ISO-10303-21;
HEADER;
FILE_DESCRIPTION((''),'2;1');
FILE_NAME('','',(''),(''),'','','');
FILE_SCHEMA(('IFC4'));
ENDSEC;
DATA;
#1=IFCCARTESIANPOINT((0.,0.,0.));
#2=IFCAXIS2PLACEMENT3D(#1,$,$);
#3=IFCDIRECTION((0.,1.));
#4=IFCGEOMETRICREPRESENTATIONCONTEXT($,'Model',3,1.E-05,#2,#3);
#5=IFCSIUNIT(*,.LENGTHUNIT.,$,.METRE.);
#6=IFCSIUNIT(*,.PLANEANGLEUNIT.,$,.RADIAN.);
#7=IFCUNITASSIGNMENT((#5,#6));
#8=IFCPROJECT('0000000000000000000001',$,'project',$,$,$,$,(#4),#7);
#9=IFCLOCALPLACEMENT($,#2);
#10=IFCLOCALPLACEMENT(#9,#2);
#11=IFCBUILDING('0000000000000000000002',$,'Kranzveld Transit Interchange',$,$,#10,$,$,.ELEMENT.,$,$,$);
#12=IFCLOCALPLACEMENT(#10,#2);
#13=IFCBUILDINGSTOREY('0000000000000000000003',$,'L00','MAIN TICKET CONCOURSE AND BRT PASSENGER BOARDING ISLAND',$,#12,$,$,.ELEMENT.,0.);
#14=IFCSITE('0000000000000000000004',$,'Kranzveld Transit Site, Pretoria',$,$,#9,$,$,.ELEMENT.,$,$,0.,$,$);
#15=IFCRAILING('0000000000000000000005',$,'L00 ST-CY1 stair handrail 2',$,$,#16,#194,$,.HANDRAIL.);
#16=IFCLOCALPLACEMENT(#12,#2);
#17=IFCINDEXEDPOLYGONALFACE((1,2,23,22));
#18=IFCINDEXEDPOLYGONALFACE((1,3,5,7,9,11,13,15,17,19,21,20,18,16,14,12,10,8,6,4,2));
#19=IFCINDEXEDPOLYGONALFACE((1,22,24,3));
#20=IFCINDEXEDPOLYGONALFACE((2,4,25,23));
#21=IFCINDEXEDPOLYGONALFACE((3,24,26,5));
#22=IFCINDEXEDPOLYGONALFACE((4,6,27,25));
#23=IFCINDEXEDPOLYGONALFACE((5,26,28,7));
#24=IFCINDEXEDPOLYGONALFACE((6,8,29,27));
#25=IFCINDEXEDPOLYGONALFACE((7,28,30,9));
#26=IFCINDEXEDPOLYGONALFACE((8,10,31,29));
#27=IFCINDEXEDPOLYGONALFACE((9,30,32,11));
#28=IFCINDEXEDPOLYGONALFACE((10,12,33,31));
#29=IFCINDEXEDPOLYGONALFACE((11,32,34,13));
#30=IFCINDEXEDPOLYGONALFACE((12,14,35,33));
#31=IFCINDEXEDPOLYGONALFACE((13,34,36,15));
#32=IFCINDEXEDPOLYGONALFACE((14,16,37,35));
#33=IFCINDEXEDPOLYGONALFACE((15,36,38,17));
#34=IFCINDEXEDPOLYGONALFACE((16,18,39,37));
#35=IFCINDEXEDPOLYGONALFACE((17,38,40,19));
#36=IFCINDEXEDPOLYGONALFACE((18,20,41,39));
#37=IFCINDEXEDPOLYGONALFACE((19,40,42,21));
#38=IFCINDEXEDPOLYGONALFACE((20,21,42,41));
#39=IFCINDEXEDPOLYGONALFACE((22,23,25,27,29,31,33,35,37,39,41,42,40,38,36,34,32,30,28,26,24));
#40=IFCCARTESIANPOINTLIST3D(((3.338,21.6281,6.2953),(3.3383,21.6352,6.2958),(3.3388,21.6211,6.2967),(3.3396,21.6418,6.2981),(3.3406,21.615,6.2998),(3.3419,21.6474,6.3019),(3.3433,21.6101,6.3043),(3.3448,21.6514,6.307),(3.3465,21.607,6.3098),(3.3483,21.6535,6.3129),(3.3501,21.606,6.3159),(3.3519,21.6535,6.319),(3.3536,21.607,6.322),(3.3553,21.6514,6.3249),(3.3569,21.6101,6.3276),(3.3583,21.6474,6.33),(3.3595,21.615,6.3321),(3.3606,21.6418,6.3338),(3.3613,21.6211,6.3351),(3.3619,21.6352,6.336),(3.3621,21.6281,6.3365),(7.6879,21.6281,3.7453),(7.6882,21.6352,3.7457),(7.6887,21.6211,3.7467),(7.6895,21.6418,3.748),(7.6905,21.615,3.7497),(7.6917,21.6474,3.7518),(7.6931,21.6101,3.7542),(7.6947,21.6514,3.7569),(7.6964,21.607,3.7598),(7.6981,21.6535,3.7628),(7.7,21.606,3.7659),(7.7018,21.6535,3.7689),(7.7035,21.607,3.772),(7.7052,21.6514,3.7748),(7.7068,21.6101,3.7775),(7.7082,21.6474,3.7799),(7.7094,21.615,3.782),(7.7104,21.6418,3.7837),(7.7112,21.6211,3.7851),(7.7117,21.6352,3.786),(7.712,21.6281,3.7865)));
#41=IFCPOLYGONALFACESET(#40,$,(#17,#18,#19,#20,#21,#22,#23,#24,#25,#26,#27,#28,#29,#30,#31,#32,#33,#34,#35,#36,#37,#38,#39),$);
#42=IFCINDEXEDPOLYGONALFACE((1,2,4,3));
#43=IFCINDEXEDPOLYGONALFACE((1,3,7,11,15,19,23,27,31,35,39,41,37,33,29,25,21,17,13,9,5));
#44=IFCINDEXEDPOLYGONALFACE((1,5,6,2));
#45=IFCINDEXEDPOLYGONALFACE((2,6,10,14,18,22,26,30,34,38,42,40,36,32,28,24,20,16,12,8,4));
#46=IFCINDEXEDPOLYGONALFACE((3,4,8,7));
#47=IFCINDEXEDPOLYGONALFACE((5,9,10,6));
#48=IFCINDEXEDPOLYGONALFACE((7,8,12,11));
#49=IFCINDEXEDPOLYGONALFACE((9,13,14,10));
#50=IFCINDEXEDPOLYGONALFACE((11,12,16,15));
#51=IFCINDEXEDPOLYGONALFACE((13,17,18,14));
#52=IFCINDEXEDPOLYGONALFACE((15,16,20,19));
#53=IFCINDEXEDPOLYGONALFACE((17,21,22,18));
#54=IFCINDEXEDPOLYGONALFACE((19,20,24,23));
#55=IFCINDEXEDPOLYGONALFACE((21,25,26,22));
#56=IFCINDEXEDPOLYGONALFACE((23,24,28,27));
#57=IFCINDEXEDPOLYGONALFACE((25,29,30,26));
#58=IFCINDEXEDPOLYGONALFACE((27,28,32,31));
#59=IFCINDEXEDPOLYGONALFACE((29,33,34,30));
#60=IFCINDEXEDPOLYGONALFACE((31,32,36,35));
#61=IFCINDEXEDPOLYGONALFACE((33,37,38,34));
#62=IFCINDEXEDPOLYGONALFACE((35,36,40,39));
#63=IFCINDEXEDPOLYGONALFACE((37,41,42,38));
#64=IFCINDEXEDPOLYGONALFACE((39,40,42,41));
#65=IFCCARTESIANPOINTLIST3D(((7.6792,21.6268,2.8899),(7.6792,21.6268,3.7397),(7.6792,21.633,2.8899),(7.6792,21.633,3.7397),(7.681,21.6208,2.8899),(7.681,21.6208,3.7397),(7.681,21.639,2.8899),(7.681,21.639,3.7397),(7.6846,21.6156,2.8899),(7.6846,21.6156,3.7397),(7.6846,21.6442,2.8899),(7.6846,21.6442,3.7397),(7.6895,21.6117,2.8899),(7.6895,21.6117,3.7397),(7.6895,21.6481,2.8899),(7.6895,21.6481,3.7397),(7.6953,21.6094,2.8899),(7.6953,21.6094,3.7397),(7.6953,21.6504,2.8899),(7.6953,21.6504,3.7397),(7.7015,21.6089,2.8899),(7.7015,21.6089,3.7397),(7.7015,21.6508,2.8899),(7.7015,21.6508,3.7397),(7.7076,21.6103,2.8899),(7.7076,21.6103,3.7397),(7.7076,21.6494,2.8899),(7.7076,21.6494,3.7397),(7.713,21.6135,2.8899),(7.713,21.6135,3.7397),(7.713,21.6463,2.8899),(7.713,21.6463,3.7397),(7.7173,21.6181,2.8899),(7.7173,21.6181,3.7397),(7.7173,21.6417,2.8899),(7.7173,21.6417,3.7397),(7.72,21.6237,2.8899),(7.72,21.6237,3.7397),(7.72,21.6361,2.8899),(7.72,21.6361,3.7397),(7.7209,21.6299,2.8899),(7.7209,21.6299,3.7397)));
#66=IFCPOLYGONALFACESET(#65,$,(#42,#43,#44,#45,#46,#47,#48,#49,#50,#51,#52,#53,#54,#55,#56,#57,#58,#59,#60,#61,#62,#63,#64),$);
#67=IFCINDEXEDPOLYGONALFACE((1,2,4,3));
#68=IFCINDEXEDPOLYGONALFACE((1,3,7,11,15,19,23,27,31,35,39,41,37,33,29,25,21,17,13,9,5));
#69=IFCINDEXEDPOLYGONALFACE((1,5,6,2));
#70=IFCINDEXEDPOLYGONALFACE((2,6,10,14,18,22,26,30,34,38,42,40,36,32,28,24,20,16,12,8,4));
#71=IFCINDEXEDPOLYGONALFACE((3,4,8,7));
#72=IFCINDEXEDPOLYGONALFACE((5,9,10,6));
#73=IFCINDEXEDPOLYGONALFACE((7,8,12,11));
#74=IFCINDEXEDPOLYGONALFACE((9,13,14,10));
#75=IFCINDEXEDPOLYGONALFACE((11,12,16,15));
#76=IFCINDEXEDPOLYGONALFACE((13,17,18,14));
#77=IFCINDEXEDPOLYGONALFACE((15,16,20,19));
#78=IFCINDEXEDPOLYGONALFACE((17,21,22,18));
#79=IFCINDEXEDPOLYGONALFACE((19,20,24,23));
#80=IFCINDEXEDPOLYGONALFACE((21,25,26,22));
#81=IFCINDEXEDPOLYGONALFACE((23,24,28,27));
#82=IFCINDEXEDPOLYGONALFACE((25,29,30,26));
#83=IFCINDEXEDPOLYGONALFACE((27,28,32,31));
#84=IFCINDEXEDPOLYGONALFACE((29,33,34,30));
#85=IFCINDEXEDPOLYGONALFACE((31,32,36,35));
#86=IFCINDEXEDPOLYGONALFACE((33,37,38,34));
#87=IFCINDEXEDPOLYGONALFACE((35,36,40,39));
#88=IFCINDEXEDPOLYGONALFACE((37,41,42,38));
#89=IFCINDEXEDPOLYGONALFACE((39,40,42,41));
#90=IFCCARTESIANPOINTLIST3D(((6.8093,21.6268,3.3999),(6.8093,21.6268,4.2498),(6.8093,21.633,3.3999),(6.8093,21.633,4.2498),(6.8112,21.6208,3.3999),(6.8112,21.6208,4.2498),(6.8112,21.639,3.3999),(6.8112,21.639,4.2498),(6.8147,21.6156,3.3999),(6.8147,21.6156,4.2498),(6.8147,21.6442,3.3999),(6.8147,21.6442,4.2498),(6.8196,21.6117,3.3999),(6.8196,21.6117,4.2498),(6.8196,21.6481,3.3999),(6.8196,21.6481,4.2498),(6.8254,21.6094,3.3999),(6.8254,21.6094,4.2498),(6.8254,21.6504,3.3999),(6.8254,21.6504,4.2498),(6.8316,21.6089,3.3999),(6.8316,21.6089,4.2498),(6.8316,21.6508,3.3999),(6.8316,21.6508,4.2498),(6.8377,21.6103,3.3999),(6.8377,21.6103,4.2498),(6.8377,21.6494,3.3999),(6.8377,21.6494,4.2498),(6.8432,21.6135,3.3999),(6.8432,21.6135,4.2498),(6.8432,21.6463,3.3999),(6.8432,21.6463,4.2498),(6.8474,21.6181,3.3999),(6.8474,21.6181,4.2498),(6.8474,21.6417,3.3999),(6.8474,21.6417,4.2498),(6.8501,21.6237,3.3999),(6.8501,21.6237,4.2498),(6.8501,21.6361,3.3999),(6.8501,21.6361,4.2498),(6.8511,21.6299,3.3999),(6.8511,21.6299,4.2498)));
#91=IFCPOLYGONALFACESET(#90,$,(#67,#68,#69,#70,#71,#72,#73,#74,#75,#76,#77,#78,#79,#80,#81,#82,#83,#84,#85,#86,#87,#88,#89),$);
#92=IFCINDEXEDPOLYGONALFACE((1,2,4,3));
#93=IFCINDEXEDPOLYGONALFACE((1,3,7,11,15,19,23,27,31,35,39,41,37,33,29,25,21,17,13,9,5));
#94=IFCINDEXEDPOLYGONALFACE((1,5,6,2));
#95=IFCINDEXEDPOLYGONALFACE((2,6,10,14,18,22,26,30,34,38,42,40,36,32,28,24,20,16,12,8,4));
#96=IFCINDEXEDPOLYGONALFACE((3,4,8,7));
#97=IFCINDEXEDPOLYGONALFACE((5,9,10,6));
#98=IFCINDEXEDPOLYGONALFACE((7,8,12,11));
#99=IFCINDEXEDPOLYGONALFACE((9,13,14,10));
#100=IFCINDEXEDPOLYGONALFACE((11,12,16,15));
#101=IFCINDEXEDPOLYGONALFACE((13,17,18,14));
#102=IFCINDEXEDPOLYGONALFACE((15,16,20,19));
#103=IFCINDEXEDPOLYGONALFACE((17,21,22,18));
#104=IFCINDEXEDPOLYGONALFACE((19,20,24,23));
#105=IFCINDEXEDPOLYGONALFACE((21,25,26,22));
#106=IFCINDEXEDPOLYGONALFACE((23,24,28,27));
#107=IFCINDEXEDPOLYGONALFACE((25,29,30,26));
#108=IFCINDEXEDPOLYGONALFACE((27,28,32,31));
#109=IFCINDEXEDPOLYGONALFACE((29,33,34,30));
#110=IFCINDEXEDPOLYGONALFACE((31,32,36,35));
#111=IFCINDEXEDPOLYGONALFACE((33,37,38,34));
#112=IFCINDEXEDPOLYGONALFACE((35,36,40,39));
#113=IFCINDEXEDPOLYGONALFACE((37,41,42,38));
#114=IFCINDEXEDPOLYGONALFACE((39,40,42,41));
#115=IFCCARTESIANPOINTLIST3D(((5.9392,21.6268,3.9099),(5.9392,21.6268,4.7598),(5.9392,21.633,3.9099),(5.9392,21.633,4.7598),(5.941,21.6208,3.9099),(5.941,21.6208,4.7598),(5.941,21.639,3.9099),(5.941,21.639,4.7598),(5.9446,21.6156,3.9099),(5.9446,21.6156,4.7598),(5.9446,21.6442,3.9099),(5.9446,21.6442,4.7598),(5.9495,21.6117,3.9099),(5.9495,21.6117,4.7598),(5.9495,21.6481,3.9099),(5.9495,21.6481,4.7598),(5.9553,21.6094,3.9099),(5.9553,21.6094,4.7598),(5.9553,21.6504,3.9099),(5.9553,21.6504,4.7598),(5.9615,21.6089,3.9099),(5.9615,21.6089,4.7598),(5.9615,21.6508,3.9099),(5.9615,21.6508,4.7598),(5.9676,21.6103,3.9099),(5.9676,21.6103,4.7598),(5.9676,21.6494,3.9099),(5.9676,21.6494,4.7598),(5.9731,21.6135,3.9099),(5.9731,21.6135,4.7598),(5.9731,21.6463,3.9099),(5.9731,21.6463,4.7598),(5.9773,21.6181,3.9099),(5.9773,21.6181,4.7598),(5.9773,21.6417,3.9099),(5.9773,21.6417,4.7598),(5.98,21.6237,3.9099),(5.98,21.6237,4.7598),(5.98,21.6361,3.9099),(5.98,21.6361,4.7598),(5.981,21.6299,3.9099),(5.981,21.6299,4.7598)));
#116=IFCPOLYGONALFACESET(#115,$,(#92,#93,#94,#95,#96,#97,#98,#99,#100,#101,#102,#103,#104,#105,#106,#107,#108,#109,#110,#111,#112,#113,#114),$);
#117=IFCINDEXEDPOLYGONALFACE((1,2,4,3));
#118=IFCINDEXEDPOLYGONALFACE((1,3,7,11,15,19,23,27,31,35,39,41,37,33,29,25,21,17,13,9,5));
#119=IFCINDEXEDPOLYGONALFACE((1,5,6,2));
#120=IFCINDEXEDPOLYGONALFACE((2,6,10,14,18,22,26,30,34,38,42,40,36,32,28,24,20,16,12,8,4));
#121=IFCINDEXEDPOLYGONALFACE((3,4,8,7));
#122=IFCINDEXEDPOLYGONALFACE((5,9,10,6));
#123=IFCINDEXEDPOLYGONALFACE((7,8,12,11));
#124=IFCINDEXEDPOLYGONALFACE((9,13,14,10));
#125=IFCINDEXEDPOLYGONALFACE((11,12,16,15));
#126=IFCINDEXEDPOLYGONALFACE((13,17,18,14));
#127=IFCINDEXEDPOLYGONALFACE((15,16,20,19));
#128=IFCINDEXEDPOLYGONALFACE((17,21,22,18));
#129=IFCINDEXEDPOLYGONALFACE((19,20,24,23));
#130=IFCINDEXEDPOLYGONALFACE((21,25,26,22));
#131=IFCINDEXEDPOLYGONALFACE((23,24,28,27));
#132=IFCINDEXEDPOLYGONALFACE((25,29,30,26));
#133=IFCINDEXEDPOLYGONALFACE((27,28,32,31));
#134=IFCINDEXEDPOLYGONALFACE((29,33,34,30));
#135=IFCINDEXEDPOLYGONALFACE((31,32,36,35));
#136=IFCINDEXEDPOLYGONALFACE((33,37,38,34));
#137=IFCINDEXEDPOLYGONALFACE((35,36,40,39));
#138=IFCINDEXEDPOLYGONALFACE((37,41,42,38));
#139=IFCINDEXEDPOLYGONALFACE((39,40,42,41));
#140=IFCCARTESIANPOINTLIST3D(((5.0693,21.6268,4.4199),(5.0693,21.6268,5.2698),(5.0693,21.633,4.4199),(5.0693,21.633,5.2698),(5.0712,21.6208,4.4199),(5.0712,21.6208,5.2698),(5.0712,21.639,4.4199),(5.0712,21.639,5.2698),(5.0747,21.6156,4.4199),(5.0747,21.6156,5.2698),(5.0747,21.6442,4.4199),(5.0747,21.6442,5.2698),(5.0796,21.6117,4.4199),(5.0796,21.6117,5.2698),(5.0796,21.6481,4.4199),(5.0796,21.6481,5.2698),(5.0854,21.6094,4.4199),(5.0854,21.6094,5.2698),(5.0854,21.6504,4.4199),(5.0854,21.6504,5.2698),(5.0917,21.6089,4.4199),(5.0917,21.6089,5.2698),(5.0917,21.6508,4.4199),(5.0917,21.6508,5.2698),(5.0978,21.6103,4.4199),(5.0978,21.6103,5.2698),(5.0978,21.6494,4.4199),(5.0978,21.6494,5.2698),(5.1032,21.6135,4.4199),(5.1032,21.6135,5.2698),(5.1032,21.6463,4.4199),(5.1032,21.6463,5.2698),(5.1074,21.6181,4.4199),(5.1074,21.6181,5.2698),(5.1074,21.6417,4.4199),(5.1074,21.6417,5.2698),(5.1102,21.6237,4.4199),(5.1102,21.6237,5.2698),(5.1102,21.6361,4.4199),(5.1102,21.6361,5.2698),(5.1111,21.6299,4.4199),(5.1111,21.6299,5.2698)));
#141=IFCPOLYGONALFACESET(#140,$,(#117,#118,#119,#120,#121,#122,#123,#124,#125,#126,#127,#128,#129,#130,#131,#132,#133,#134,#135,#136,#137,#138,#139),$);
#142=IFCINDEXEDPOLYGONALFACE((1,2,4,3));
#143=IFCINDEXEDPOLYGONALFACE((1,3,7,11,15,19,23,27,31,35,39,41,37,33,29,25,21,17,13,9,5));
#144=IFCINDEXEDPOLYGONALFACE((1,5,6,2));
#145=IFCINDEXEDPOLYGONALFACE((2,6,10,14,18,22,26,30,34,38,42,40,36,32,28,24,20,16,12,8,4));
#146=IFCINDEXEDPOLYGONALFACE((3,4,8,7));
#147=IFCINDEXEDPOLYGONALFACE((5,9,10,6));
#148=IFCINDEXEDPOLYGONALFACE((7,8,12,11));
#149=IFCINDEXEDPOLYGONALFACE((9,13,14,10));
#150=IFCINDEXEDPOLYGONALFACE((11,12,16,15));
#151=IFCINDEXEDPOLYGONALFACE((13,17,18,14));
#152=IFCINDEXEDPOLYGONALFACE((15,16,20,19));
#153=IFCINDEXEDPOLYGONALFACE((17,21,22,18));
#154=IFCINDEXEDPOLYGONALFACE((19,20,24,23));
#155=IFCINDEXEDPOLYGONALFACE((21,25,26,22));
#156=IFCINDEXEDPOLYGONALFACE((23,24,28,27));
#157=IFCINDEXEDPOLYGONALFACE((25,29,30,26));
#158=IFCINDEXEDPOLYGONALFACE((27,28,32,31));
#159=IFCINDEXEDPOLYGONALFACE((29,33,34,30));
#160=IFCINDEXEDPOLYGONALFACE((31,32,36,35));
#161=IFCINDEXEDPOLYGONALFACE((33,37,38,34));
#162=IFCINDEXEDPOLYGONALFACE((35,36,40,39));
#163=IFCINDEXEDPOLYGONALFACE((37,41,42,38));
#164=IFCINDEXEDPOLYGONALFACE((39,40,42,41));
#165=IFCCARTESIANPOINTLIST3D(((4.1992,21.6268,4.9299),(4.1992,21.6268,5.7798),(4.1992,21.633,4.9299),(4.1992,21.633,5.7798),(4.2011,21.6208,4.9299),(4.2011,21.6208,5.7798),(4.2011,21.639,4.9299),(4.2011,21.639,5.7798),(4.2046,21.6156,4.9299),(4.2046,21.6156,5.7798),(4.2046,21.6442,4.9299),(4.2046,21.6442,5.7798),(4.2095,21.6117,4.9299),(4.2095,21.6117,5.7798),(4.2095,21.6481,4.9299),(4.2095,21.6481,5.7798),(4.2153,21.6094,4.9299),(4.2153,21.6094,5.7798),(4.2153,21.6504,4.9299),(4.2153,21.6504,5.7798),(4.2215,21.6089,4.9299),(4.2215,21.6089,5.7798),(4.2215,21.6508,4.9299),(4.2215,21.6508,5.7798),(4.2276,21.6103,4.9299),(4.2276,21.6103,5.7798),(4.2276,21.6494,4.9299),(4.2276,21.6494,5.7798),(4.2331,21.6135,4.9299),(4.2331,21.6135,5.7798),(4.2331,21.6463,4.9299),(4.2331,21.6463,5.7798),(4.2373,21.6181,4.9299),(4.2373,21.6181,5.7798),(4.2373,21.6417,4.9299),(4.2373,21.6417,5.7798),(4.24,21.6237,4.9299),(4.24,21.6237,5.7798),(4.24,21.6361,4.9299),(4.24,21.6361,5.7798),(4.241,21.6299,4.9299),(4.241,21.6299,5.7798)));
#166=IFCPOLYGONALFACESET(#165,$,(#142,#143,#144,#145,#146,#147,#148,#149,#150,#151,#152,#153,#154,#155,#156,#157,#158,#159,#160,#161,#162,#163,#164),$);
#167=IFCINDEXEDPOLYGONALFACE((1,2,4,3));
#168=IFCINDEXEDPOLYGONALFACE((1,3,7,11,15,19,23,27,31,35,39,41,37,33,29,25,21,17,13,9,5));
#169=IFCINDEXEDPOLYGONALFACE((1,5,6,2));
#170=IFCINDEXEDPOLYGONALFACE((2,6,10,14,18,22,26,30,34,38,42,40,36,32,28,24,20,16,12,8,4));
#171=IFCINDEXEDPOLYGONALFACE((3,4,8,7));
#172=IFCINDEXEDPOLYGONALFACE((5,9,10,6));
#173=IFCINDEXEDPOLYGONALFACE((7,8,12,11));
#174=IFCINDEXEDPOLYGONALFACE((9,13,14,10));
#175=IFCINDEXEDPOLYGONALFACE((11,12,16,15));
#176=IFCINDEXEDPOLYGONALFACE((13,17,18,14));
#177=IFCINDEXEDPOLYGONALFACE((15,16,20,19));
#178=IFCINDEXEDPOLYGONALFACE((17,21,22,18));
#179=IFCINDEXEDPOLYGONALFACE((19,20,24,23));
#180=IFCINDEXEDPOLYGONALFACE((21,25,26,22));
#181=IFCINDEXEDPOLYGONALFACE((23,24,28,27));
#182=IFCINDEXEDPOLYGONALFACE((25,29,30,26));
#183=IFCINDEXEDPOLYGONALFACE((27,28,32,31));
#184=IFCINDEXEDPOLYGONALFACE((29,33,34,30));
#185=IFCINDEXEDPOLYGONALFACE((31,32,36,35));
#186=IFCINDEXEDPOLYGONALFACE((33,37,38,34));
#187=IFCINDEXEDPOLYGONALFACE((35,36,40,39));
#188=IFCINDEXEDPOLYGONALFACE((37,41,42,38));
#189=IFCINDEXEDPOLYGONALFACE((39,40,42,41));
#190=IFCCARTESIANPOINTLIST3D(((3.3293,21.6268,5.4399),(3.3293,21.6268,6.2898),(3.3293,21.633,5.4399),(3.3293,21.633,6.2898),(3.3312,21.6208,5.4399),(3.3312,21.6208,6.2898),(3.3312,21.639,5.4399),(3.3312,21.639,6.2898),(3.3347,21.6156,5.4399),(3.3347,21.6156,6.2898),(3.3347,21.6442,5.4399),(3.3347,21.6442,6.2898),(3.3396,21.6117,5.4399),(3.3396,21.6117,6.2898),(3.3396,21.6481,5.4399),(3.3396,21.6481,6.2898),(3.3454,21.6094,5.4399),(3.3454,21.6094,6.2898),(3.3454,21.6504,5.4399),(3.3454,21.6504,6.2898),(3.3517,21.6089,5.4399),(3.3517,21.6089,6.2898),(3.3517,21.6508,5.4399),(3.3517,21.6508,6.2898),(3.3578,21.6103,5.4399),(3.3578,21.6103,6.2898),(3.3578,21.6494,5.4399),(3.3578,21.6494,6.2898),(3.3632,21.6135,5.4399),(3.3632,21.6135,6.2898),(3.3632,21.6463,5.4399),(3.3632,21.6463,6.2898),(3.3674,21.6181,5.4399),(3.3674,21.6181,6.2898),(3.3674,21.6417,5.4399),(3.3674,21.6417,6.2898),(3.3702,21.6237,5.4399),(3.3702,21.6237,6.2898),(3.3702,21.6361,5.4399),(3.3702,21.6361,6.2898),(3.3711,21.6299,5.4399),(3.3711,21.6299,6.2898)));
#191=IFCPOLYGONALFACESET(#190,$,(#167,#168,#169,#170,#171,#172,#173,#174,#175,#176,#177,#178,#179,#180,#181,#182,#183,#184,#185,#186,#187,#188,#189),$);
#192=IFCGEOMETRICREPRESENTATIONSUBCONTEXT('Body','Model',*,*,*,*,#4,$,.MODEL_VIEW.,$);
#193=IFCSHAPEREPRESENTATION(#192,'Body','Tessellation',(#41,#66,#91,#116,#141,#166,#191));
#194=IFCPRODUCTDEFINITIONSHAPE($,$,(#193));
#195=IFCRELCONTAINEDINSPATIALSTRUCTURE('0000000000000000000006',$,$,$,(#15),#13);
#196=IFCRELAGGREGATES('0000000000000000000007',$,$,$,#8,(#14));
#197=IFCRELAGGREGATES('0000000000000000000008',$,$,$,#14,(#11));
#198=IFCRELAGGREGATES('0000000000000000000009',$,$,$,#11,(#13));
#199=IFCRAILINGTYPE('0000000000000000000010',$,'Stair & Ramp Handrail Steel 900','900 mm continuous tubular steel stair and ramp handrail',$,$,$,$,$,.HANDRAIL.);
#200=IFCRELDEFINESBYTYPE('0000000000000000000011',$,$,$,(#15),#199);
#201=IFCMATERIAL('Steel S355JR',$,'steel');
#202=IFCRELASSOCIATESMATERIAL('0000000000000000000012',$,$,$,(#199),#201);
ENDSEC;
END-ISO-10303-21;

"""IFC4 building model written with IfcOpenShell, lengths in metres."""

from ifc_helpers import new_model, si_unit, direction, frame, origin, origin_2d, place, context, subcontext, project, spatial, circle, extrude, material, type_object, element, save


model = new_model("IFC4")

# Units and contexts
model_context = context("Model", 3, precision=1e-05, world=origin(), true_north=direction((0.0, 1.0)))
body_context = subcontext(model_context, "Body", "Model", "MODEL_VIEW")
ifc_project = project(units=[si_unit("LENGTHUNIT", "METRE"), si_unit("PLANEANGLEUNIT", "RADIAN")], contexts=[model_context])

# Site, building, storey
site_placement = place(None, origin())
site = spatial("IfcSite", under=ifc_project, at=site_placement, Name="Kranzveld Transit Site, Pretoria", CompositionType="ELEMENT", RefElevation=0.0)
building_placement = place(site_placement, origin())
building = spatial("IfcBuilding", under=site, at=building_placement, Name="Kranzveld Transit Interchange", CompositionType="ELEMENT")
storey_placement = place(building_placement, origin())
storey = spatial("IfcBuildingStorey", under=building, at=storey_placement, Name="L00", Description="MAIN TICKET CONCOURSE AND BRT PASSENGER BOARDING ISLAND", CompositionType="ELEMENT", Elevation=0.0)

# Railing
ifc_material_1 = material(Name="Steel S355JR", Category="steel")
railing_type_1 = type_object("IfcRailingType", Name="Stair & Ramp Handrail Steel 900", Description="900 mm continuous tubular steel stair and ramp handrail", PredefinedType="HANDRAIL", material=ifc_material_1)
railing_1_placement = place(storey_placement, frame((7.7, 21.6299, 2.8899)))
element("IfcRailing", 1, at=railing_1_placement, inside=storey, type_object=railing_type_1, Name="L00 ST-CY1 stair handrail 2", PredefinedType="HANDRAIL", context=body_context, shape_type="SweptSolid", body=[
    extrude(circle(Radius=0.0239, at=origin_2d()), frame((0.0, 0.0, 0.876), z_axis=(-0.862686, 0.0, 0.505739), x_axis=(0.0, -1.0, 0.0)), (0.0, 0.0, 1.0), 5.0422),
    extrude(circle(Radius=0.021, at=origin_2d()), origin(), (0.0, 0.0, 1.0), 0.8499),
    extrude(circle(Radius=0.021, at=origin_2d()), frame((-0.8699, 0.0, 0.51)), (0.0, 0.0, 1.0), 0.8499),
    extrude(circle(Radius=0.021, at=origin_2d()), frame((-1.74, 0.0, 1.02)), (0.0, 0.0, 1.0), 0.8499),
    extrude(circle(Radius=0.021, at=origin_2d()), frame((-2.6099, 0.0, 1.53)), (0.0, 0.0, 1.0), 0.8499),
    extrude(circle(Radius=0.021, at=origin_2d()), frame((-3.48, 0.0, 2.04)), (0.0, 0.0, 1.0), 0.8499),
    extrude(circle(Radius=0.021, at=origin_2d()), frame((-4.3499, 0.0, 2.55)), (0.0, 0.0, 1.0), 0.8499),
])

save(model, "model.ifc")
